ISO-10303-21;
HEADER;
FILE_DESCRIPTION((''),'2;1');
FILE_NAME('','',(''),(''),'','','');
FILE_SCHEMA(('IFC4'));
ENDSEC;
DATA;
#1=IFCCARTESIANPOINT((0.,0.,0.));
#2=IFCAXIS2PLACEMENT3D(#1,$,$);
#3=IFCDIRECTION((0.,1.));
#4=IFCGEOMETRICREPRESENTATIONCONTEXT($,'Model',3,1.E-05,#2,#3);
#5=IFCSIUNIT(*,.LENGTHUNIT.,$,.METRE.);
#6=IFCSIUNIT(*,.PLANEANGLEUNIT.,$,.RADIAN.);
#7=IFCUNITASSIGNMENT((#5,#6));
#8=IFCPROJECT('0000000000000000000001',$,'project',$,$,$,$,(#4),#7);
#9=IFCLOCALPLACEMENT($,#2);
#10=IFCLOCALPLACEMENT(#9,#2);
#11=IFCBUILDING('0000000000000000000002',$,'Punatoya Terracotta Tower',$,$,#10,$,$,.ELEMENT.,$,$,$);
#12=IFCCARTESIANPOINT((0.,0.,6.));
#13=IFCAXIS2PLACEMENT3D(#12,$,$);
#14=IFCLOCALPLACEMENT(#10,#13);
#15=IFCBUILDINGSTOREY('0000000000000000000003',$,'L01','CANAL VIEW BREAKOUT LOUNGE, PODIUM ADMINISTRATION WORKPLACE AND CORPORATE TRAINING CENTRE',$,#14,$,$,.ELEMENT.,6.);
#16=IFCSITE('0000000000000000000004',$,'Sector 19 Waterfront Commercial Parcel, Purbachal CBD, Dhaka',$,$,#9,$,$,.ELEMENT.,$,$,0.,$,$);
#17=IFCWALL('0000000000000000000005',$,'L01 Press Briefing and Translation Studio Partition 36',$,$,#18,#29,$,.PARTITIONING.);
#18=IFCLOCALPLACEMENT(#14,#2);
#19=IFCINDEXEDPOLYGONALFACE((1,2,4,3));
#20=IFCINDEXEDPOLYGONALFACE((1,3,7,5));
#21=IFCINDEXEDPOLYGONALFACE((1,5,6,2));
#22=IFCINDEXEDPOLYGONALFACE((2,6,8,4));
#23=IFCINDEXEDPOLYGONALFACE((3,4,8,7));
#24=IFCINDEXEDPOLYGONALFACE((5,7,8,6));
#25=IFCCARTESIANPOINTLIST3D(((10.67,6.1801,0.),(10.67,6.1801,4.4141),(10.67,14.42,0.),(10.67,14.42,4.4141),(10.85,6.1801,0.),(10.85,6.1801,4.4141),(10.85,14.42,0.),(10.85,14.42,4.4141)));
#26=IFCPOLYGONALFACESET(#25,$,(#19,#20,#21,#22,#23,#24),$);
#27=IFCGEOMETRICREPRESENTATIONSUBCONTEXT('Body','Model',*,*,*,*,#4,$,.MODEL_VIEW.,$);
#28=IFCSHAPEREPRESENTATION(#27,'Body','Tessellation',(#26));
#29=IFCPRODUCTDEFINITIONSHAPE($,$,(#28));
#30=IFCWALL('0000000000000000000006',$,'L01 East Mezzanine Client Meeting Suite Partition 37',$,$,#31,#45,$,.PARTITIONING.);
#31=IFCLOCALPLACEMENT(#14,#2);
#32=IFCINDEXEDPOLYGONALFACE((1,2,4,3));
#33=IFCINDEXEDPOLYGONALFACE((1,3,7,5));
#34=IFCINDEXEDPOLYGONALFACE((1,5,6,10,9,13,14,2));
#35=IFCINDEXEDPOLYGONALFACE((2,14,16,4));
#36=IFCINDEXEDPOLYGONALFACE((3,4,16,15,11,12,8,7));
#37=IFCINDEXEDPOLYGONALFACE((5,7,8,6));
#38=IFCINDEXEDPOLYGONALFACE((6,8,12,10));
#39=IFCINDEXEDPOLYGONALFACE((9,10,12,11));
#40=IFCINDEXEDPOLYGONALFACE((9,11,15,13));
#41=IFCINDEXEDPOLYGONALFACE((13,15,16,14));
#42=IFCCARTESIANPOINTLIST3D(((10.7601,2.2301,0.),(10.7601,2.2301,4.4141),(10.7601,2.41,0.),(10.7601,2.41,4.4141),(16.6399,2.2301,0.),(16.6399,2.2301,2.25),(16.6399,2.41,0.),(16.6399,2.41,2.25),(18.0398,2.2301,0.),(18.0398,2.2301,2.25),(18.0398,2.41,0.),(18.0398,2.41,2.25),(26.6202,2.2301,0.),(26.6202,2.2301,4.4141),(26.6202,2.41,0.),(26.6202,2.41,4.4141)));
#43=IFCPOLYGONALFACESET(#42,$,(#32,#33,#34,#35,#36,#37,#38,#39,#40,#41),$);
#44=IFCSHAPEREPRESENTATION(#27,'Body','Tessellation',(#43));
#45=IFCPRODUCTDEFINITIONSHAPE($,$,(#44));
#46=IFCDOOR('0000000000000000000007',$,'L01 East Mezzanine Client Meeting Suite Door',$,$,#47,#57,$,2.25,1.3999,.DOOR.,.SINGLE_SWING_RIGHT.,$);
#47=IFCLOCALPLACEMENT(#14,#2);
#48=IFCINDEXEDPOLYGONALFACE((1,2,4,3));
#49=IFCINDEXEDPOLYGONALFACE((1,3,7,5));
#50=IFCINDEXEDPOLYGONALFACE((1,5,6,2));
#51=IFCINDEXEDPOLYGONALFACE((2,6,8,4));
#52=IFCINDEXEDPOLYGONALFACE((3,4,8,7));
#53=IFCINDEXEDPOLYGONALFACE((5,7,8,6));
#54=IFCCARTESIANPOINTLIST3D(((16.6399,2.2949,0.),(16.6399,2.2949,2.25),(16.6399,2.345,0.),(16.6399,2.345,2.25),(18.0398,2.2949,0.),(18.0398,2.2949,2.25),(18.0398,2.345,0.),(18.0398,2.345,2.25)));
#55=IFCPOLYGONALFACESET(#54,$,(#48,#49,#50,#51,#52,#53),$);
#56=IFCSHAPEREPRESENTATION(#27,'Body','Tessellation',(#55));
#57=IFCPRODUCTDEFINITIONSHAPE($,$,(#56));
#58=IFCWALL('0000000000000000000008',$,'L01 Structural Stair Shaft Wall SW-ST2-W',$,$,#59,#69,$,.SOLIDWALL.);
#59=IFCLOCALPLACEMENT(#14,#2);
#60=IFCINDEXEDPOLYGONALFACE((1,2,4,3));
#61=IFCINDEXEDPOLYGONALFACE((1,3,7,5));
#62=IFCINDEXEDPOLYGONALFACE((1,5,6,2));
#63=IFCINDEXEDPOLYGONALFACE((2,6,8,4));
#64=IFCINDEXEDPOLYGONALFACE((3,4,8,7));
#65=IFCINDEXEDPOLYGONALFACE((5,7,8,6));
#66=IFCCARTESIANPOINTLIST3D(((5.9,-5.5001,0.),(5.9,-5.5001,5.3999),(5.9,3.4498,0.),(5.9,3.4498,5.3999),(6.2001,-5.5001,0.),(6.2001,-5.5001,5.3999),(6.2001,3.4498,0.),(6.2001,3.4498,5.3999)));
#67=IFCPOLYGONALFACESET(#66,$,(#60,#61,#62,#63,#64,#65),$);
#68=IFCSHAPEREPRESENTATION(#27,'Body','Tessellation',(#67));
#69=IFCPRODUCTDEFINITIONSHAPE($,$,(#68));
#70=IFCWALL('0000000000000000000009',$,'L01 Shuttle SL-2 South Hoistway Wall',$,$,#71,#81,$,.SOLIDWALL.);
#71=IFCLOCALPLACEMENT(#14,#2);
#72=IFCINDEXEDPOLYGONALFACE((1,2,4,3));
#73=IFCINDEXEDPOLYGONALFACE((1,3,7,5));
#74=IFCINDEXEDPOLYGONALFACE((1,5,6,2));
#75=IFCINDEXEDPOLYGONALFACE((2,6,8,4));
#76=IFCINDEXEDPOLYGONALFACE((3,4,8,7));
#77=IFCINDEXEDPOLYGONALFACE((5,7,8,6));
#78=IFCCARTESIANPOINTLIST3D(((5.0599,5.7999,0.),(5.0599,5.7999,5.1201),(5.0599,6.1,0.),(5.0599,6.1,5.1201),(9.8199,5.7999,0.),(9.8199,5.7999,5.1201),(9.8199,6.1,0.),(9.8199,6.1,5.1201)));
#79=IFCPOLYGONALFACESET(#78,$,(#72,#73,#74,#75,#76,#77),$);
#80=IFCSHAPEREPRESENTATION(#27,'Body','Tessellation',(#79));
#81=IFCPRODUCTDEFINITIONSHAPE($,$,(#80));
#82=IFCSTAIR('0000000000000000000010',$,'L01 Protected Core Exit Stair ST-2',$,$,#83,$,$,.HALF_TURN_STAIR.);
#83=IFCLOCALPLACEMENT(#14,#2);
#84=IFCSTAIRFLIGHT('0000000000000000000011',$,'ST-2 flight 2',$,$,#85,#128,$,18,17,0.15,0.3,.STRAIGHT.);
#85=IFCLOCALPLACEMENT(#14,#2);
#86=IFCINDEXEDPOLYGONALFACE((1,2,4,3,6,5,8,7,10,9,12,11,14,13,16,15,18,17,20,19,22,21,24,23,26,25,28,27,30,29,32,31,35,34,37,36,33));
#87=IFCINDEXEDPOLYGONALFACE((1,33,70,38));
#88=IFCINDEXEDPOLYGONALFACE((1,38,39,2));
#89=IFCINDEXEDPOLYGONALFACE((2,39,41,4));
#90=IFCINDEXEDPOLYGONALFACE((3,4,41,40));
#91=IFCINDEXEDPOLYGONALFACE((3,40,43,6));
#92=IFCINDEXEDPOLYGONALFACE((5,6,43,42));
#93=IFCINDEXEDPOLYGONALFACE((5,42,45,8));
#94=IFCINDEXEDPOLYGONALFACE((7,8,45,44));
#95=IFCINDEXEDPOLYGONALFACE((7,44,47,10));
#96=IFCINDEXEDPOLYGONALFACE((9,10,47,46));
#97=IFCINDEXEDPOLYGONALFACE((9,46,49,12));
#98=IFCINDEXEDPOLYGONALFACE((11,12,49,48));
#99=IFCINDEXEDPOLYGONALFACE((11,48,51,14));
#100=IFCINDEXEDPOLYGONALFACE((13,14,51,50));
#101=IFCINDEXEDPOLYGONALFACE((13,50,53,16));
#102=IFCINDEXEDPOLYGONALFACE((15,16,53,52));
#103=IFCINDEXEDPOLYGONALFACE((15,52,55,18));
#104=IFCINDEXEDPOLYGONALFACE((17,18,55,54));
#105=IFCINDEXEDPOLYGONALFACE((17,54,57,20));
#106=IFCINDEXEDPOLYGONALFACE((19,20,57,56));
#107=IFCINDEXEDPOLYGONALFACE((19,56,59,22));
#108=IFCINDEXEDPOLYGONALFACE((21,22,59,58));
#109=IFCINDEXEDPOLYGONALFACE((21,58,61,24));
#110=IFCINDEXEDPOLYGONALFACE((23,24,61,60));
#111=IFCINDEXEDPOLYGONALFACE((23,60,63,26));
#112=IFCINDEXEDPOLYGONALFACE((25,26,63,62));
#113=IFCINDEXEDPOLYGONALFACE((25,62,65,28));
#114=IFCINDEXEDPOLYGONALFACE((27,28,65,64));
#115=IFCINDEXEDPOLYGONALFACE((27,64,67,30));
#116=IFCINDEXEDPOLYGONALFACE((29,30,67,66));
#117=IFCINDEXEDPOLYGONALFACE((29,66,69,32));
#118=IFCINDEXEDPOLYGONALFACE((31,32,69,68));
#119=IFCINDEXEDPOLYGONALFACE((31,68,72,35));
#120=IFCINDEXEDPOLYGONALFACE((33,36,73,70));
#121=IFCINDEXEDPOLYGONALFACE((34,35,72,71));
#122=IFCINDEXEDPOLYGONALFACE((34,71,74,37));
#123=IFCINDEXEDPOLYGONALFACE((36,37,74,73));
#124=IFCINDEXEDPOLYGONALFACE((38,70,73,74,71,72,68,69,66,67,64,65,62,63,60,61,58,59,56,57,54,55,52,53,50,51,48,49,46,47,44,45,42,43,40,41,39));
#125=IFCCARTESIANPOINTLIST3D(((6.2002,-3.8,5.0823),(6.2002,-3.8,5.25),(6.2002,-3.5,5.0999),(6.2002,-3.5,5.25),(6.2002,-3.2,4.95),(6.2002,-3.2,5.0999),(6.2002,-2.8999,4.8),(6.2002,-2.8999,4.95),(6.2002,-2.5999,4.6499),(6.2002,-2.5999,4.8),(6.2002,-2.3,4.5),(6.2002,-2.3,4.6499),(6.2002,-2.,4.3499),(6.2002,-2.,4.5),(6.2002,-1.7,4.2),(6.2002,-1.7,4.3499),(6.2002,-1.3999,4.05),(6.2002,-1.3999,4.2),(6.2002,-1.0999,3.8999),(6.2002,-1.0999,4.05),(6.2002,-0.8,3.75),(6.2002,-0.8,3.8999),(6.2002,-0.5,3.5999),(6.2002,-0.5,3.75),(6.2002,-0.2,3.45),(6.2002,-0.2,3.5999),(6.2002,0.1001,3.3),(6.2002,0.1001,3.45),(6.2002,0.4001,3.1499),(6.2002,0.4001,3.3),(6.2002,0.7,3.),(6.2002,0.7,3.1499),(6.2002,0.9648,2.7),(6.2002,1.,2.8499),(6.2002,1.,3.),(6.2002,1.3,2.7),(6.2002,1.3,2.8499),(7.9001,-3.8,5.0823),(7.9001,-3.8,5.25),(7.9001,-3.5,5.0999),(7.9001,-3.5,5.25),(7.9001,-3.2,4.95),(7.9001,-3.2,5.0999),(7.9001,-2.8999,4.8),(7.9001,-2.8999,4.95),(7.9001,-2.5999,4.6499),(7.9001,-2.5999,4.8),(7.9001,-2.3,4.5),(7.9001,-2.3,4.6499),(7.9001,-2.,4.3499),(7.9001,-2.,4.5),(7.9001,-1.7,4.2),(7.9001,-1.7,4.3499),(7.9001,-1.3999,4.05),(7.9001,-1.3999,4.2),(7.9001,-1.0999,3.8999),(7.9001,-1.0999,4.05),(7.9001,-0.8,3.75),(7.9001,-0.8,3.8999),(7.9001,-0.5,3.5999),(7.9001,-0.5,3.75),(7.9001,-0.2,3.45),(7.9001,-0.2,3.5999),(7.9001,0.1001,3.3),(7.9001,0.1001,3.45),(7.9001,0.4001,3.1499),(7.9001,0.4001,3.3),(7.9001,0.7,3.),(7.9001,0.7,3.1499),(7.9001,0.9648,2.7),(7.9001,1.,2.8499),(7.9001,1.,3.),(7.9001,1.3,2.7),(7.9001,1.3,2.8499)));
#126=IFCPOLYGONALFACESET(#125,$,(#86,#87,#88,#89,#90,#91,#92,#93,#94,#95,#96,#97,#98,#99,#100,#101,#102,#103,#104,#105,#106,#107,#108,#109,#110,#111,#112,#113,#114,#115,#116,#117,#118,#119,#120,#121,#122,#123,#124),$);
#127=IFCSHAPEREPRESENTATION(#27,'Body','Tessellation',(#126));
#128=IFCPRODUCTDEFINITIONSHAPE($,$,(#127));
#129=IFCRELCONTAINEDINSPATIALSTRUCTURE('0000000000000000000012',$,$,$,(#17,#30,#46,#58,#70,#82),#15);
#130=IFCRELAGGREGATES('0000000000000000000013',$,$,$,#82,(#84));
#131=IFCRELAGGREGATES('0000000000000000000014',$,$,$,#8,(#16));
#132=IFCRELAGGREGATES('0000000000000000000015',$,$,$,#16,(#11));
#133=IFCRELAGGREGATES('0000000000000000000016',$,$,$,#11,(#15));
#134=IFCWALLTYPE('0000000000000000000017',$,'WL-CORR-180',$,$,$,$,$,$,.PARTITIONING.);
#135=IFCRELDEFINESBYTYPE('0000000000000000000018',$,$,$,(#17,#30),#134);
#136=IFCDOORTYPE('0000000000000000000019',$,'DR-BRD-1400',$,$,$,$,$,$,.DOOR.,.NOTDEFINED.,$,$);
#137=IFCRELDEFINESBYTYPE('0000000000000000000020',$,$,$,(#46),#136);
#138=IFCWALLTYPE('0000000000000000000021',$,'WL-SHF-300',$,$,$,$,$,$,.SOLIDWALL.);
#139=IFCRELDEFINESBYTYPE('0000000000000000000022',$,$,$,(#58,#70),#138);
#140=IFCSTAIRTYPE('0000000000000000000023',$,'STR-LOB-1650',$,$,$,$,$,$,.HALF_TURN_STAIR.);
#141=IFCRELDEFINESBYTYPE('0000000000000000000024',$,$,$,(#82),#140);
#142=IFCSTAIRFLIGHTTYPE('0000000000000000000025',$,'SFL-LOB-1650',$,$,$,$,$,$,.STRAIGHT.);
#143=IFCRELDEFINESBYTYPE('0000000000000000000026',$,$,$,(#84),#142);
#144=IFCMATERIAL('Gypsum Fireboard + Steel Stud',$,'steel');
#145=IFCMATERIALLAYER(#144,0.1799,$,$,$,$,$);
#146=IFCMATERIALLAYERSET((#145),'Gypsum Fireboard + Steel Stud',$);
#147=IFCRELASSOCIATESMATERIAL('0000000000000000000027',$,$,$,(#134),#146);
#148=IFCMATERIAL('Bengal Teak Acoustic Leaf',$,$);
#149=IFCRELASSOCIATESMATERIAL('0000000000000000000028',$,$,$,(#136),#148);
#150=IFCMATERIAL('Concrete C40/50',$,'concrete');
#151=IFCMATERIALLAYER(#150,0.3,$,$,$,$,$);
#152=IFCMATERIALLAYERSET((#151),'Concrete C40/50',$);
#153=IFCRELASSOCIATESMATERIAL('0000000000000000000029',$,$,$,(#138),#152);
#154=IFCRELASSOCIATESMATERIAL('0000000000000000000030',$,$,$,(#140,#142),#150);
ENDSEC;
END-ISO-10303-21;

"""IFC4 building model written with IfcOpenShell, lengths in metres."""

from ifc_helpers import new_model, si_unit, direction, frame, frame_2d, origin, place, context, subcontext, project, spatial, polyline, rectangle, outline, extrude, material, layer, layer_set, type_object, element, fill, aggregate, save


model = new_model("IFC4")

# Units and contexts
model_context = context("Model", 3, precision=1e-05, world=origin(), true_north=direction((0.0, 1.0)))
body_context = subcontext(model_context, "Body", "Model", "MODEL_VIEW")
ifc_project = project(units=[si_unit("LENGTHUNIT", "METRE"), si_unit("PLANEANGLEUNIT", "RADIAN")], contexts=[model_context])

# Site, building, storey
site_placement = place(None, origin())
site = spatial("IfcSite", under=ifc_project, at=site_placement, Name="Sector 19 Waterfront Commercial Parcel, Purbachal CBD, Dhaka", CompositionType="ELEMENT", RefElevation=0.0)
building_placement = place(site_placement, origin())
building = spatial("IfcBuilding", under=site, at=building_placement, Name="Punatoya Terracotta Tower", CompositionType="ELEMENT")
storey_placement = place(building_placement, frame((0.0, 0.0, 6.0)))
storey = spatial("IfcBuildingStorey", under=building, at=storey_placement, Name="L01", Description="CANAL VIEW BREAKOUT LOUNGE, PODIUM ADMINISTRATION WORKPLACE AND CORPORATE TRAINING CENTRE", CompositionType="ELEMENT", Elevation=6.0)

# Wall
ifc_material_1 = material(Name="Gypsum Fireboard + Steel Stud", Category="steel")
ifc_layer_1 = layer(ifc_material_1, 0.1799)
ifc_layer_set_1 = layer_set([ifc_layer_1], Name="Gypsum Fireboard + Steel Stud")
wall_type_1 = type_object("IfcWallType", Name="WL-CORR-180", PredefinedType="PARTITIONING", material=ifc_layer_set_1)
wall_1_placement = place(storey_placement, frame((10.76, 6.1799, 0.0), z_axis=(0.0, 0.0, 1.0), x_axis=(0.0, 1.0, 0.0)))
element("IfcWall", 1, at=wall_1_placement, inside=storey, type_object=wall_type_1, Name="L01 Press Briefing and Translation Studio Partition 36", PredefinedType="PARTITIONING", context=body_context, shape_type="SweptSolid", body=[
    extrude(rectangle(XDim=8.24, YDim=0.1799, at=frame_2d((4.1201, 0.0))), origin(), (0.0, 0.0, 1.0), 4.4141),
])

# Wall, opening, door
wall_2_placement = place(storey_placement, frame((10.76, 2.3201, 0.0), z_axis=(0.0, 0.0, 1.0), x_axis=(1.0, 0.0, 0.0)))
wall_2 = element("IfcWall", 2, at=wall_2_placement, inside=storey, type_object=wall_type_1, Name="L01 East Mezzanine Client Meeting Suite Partition 37", PredefinedType="PARTITIONING", context=body_context, shape_type="SweptSolid", body=[
    extrude(rectangle(XDim=15.8601, YDim=0.1799, at=frame_2d((7.9302, 0.0))), origin(), (0.0, 0.0, 1.0), 4.4141),
])
opening_1_placement = place(wall_2_placement, frame((5.8799, 0.0, 0.0)))
opening_1 = element("IfcOpeningElement", 3, at=opening_1_placement, cuts=wall_2, PredefinedType="OPENING", context=body_context, shape_type="SweptSolid", body=[
    extrude(rectangle(XDim=1.3999, YDim=2.25, at=frame_2d((0.7, 1.125))), frame((0.0, 0.0999, 0.0), z_axis=(0.0, -1.0, 0.0), x_axis=(1.0, 0.0, 0.0)), (0.0, 0.0, 1.0), 0.2),
])
ifc_material_2 = material(Name="Bengal Teak Acoustic Leaf")
door_type_1 = type_object("IfcDoorType", Name="DR-BRD-1400", OperationType="NOTDEFINED", PredefinedType="DOOR", material=ifc_material_2)
door_1_placement = place(opening_1_placement, origin())
door_1 = element("IfcDoor", 4, at=door_1_placement, inside=storey, type_object=door_type_1, Name="L01 East Mezzanine Client Meeting Suite Door", OperationType="SINGLE_SWING_RIGHT", OverallHeight=2.25, OverallWidth=1.3999, PredefinedType="DOOR", context=body_context, shape_type="SweptSolid", body=[
    extrude(rectangle(XDim=1.3999, YDim=2.25, at=frame_2d((0.7, 1.125))), frame((0.0, 0.0249, 0.0), z_axis=(0.0, -1.0, 0.0), x_axis=(1.0, 0.0, 0.0)), (0.0, 0.0, 1.0), 0.05),
])
fill(opening_1, door_1)

# Walls
ifc_material_3 = material(Name="Concrete C40/50", Category="concrete")
ifc_layer_2 = layer(ifc_material_3, 0.3)
ifc_layer_set_2 = layer_set([ifc_layer_2], Name="Concrete C40/50")
wall_type_2 = type_object("IfcWallType", Name="WL-SHF-300", PredefinedType="SOLIDWALL", material=ifc_layer_set_2)
wall_3_placement = place(storey_placement, frame((6.05, 3.45, 0.0), z_axis=(0.0, 0.0, 1.0), x_axis=(0.0, -1.0, 0.0)))
element("IfcWall", 5, at=wall_3_placement, inside=storey, type_object=wall_type_2, Name="L01 Structural Stair Shaft Wall SW-ST2-W", PredefinedType="SOLIDWALL", context=body_context, shape_type="SweptSolid", body=[
    extrude(rectangle(XDim=8.95, YDim=0.3, at=frame_2d((4.4751, 0.0))), origin(), (0.0, 0.0, 1.0), 5.3999),
])
wall_4_placement = place(storey_placement, frame((5.0601, 5.95, 0.0), z_axis=(0.0, 0.0, 1.0), x_axis=(1.0, 0.0, 0.0)))
element("IfcWall", 6, at=wall_4_placement, inside=storey, type_object=wall_type_2, Name="L01 Shuttle SL-2 South Hoistway Wall", PredefinedType="SOLIDWALL", context=body_context, shape_type="SweptSolid", body=[
    extrude(rectangle(XDim=4.76, YDim=0.3, at=frame_2d((2.3799, 0.0))), origin(), (0.0, 0.0, 1.0), 5.1201),
])

# Stair, stair flight
stair_type = type_object("IfcStairType", Name="STR-LOB-1650", PredefinedType="HALF_TURN_STAIR", material=ifc_material_3)
stair_placement = place(storey_placement, origin())
stair = element("IfcStair", 7, at=stair_placement, inside=storey, type_object=stair_type, Name="L01 Protected Core Exit Stair ST-2", PredefinedType="HALF_TURN_STAIR")
stair_flight_type = type_object("IfcStairFlightType", Name="SFL-LOB-1650", PredefinedType="STRAIGHT", material=ifc_material_3)
stair_flight_placement = place(storey_placement, frame((7.05, 1.3, 2.7), z_axis=(0.0, 0.0, 1.0), x_axis=(0.0, -1.0, 0.0)))
stair_flight = element("IfcStairFlight", 8, at=stair_flight_placement, type_object=stair_flight_type, Name="ST-2 flight 2", NumberOfRisers=18, NumberOfTreads=17, PredefinedType="STRAIGHT", RiserHeight=0.15, TreadLength=0.3, context=body_context, shape_type="SweptSolid", body=[
    extrude(outline(polyline([(0.0, 0.0), (0.0, 0.1499), (0.3, 0.1499), (0.3, 0.3), (0.6001, 0.3), (0.6001, 0.45), (0.8999, 0.45), (0.8999, 0.6001), (1.2, 0.6001), (1.2, 0.75), (1.5, 0.75), (1.5, 0.8999), (1.8, 0.8999), (1.8, 1.05), (2.1001, 1.05), (2.1001, 1.2), (2.3999, 1.2), (2.3999, 1.3501), (2.7, 1.3501), (2.7, 1.5), (3.0, 1.5), (3.0, 1.6499), (3.3, 1.6499), (3.3, 1.8), (3.6001, 1.8), (3.6001, 1.95), (3.8999, 1.95), (3.8999, 2.1001), (4.2, 2.1001), (4.2, 2.25), (4.5, 2.25), (4.5, 2.3999), (4.8, 2.3999), (4.8, 2.55), (5.1001, 2.55), (5.1001, 2.7), (5.1001, 2.3823), (0.3352, 0.0), (0.0, 0.0)])), frame((0.0, 0.8501, 0.0), z_axis=(0.0, -1.0, 0.0), x_axis=(1.0, 0.0, 0.0)), (0.0, 0.0, 1.0), 1.7),
])
aggregate(stair, [stair_flight])

save(model, "model.ifc")
